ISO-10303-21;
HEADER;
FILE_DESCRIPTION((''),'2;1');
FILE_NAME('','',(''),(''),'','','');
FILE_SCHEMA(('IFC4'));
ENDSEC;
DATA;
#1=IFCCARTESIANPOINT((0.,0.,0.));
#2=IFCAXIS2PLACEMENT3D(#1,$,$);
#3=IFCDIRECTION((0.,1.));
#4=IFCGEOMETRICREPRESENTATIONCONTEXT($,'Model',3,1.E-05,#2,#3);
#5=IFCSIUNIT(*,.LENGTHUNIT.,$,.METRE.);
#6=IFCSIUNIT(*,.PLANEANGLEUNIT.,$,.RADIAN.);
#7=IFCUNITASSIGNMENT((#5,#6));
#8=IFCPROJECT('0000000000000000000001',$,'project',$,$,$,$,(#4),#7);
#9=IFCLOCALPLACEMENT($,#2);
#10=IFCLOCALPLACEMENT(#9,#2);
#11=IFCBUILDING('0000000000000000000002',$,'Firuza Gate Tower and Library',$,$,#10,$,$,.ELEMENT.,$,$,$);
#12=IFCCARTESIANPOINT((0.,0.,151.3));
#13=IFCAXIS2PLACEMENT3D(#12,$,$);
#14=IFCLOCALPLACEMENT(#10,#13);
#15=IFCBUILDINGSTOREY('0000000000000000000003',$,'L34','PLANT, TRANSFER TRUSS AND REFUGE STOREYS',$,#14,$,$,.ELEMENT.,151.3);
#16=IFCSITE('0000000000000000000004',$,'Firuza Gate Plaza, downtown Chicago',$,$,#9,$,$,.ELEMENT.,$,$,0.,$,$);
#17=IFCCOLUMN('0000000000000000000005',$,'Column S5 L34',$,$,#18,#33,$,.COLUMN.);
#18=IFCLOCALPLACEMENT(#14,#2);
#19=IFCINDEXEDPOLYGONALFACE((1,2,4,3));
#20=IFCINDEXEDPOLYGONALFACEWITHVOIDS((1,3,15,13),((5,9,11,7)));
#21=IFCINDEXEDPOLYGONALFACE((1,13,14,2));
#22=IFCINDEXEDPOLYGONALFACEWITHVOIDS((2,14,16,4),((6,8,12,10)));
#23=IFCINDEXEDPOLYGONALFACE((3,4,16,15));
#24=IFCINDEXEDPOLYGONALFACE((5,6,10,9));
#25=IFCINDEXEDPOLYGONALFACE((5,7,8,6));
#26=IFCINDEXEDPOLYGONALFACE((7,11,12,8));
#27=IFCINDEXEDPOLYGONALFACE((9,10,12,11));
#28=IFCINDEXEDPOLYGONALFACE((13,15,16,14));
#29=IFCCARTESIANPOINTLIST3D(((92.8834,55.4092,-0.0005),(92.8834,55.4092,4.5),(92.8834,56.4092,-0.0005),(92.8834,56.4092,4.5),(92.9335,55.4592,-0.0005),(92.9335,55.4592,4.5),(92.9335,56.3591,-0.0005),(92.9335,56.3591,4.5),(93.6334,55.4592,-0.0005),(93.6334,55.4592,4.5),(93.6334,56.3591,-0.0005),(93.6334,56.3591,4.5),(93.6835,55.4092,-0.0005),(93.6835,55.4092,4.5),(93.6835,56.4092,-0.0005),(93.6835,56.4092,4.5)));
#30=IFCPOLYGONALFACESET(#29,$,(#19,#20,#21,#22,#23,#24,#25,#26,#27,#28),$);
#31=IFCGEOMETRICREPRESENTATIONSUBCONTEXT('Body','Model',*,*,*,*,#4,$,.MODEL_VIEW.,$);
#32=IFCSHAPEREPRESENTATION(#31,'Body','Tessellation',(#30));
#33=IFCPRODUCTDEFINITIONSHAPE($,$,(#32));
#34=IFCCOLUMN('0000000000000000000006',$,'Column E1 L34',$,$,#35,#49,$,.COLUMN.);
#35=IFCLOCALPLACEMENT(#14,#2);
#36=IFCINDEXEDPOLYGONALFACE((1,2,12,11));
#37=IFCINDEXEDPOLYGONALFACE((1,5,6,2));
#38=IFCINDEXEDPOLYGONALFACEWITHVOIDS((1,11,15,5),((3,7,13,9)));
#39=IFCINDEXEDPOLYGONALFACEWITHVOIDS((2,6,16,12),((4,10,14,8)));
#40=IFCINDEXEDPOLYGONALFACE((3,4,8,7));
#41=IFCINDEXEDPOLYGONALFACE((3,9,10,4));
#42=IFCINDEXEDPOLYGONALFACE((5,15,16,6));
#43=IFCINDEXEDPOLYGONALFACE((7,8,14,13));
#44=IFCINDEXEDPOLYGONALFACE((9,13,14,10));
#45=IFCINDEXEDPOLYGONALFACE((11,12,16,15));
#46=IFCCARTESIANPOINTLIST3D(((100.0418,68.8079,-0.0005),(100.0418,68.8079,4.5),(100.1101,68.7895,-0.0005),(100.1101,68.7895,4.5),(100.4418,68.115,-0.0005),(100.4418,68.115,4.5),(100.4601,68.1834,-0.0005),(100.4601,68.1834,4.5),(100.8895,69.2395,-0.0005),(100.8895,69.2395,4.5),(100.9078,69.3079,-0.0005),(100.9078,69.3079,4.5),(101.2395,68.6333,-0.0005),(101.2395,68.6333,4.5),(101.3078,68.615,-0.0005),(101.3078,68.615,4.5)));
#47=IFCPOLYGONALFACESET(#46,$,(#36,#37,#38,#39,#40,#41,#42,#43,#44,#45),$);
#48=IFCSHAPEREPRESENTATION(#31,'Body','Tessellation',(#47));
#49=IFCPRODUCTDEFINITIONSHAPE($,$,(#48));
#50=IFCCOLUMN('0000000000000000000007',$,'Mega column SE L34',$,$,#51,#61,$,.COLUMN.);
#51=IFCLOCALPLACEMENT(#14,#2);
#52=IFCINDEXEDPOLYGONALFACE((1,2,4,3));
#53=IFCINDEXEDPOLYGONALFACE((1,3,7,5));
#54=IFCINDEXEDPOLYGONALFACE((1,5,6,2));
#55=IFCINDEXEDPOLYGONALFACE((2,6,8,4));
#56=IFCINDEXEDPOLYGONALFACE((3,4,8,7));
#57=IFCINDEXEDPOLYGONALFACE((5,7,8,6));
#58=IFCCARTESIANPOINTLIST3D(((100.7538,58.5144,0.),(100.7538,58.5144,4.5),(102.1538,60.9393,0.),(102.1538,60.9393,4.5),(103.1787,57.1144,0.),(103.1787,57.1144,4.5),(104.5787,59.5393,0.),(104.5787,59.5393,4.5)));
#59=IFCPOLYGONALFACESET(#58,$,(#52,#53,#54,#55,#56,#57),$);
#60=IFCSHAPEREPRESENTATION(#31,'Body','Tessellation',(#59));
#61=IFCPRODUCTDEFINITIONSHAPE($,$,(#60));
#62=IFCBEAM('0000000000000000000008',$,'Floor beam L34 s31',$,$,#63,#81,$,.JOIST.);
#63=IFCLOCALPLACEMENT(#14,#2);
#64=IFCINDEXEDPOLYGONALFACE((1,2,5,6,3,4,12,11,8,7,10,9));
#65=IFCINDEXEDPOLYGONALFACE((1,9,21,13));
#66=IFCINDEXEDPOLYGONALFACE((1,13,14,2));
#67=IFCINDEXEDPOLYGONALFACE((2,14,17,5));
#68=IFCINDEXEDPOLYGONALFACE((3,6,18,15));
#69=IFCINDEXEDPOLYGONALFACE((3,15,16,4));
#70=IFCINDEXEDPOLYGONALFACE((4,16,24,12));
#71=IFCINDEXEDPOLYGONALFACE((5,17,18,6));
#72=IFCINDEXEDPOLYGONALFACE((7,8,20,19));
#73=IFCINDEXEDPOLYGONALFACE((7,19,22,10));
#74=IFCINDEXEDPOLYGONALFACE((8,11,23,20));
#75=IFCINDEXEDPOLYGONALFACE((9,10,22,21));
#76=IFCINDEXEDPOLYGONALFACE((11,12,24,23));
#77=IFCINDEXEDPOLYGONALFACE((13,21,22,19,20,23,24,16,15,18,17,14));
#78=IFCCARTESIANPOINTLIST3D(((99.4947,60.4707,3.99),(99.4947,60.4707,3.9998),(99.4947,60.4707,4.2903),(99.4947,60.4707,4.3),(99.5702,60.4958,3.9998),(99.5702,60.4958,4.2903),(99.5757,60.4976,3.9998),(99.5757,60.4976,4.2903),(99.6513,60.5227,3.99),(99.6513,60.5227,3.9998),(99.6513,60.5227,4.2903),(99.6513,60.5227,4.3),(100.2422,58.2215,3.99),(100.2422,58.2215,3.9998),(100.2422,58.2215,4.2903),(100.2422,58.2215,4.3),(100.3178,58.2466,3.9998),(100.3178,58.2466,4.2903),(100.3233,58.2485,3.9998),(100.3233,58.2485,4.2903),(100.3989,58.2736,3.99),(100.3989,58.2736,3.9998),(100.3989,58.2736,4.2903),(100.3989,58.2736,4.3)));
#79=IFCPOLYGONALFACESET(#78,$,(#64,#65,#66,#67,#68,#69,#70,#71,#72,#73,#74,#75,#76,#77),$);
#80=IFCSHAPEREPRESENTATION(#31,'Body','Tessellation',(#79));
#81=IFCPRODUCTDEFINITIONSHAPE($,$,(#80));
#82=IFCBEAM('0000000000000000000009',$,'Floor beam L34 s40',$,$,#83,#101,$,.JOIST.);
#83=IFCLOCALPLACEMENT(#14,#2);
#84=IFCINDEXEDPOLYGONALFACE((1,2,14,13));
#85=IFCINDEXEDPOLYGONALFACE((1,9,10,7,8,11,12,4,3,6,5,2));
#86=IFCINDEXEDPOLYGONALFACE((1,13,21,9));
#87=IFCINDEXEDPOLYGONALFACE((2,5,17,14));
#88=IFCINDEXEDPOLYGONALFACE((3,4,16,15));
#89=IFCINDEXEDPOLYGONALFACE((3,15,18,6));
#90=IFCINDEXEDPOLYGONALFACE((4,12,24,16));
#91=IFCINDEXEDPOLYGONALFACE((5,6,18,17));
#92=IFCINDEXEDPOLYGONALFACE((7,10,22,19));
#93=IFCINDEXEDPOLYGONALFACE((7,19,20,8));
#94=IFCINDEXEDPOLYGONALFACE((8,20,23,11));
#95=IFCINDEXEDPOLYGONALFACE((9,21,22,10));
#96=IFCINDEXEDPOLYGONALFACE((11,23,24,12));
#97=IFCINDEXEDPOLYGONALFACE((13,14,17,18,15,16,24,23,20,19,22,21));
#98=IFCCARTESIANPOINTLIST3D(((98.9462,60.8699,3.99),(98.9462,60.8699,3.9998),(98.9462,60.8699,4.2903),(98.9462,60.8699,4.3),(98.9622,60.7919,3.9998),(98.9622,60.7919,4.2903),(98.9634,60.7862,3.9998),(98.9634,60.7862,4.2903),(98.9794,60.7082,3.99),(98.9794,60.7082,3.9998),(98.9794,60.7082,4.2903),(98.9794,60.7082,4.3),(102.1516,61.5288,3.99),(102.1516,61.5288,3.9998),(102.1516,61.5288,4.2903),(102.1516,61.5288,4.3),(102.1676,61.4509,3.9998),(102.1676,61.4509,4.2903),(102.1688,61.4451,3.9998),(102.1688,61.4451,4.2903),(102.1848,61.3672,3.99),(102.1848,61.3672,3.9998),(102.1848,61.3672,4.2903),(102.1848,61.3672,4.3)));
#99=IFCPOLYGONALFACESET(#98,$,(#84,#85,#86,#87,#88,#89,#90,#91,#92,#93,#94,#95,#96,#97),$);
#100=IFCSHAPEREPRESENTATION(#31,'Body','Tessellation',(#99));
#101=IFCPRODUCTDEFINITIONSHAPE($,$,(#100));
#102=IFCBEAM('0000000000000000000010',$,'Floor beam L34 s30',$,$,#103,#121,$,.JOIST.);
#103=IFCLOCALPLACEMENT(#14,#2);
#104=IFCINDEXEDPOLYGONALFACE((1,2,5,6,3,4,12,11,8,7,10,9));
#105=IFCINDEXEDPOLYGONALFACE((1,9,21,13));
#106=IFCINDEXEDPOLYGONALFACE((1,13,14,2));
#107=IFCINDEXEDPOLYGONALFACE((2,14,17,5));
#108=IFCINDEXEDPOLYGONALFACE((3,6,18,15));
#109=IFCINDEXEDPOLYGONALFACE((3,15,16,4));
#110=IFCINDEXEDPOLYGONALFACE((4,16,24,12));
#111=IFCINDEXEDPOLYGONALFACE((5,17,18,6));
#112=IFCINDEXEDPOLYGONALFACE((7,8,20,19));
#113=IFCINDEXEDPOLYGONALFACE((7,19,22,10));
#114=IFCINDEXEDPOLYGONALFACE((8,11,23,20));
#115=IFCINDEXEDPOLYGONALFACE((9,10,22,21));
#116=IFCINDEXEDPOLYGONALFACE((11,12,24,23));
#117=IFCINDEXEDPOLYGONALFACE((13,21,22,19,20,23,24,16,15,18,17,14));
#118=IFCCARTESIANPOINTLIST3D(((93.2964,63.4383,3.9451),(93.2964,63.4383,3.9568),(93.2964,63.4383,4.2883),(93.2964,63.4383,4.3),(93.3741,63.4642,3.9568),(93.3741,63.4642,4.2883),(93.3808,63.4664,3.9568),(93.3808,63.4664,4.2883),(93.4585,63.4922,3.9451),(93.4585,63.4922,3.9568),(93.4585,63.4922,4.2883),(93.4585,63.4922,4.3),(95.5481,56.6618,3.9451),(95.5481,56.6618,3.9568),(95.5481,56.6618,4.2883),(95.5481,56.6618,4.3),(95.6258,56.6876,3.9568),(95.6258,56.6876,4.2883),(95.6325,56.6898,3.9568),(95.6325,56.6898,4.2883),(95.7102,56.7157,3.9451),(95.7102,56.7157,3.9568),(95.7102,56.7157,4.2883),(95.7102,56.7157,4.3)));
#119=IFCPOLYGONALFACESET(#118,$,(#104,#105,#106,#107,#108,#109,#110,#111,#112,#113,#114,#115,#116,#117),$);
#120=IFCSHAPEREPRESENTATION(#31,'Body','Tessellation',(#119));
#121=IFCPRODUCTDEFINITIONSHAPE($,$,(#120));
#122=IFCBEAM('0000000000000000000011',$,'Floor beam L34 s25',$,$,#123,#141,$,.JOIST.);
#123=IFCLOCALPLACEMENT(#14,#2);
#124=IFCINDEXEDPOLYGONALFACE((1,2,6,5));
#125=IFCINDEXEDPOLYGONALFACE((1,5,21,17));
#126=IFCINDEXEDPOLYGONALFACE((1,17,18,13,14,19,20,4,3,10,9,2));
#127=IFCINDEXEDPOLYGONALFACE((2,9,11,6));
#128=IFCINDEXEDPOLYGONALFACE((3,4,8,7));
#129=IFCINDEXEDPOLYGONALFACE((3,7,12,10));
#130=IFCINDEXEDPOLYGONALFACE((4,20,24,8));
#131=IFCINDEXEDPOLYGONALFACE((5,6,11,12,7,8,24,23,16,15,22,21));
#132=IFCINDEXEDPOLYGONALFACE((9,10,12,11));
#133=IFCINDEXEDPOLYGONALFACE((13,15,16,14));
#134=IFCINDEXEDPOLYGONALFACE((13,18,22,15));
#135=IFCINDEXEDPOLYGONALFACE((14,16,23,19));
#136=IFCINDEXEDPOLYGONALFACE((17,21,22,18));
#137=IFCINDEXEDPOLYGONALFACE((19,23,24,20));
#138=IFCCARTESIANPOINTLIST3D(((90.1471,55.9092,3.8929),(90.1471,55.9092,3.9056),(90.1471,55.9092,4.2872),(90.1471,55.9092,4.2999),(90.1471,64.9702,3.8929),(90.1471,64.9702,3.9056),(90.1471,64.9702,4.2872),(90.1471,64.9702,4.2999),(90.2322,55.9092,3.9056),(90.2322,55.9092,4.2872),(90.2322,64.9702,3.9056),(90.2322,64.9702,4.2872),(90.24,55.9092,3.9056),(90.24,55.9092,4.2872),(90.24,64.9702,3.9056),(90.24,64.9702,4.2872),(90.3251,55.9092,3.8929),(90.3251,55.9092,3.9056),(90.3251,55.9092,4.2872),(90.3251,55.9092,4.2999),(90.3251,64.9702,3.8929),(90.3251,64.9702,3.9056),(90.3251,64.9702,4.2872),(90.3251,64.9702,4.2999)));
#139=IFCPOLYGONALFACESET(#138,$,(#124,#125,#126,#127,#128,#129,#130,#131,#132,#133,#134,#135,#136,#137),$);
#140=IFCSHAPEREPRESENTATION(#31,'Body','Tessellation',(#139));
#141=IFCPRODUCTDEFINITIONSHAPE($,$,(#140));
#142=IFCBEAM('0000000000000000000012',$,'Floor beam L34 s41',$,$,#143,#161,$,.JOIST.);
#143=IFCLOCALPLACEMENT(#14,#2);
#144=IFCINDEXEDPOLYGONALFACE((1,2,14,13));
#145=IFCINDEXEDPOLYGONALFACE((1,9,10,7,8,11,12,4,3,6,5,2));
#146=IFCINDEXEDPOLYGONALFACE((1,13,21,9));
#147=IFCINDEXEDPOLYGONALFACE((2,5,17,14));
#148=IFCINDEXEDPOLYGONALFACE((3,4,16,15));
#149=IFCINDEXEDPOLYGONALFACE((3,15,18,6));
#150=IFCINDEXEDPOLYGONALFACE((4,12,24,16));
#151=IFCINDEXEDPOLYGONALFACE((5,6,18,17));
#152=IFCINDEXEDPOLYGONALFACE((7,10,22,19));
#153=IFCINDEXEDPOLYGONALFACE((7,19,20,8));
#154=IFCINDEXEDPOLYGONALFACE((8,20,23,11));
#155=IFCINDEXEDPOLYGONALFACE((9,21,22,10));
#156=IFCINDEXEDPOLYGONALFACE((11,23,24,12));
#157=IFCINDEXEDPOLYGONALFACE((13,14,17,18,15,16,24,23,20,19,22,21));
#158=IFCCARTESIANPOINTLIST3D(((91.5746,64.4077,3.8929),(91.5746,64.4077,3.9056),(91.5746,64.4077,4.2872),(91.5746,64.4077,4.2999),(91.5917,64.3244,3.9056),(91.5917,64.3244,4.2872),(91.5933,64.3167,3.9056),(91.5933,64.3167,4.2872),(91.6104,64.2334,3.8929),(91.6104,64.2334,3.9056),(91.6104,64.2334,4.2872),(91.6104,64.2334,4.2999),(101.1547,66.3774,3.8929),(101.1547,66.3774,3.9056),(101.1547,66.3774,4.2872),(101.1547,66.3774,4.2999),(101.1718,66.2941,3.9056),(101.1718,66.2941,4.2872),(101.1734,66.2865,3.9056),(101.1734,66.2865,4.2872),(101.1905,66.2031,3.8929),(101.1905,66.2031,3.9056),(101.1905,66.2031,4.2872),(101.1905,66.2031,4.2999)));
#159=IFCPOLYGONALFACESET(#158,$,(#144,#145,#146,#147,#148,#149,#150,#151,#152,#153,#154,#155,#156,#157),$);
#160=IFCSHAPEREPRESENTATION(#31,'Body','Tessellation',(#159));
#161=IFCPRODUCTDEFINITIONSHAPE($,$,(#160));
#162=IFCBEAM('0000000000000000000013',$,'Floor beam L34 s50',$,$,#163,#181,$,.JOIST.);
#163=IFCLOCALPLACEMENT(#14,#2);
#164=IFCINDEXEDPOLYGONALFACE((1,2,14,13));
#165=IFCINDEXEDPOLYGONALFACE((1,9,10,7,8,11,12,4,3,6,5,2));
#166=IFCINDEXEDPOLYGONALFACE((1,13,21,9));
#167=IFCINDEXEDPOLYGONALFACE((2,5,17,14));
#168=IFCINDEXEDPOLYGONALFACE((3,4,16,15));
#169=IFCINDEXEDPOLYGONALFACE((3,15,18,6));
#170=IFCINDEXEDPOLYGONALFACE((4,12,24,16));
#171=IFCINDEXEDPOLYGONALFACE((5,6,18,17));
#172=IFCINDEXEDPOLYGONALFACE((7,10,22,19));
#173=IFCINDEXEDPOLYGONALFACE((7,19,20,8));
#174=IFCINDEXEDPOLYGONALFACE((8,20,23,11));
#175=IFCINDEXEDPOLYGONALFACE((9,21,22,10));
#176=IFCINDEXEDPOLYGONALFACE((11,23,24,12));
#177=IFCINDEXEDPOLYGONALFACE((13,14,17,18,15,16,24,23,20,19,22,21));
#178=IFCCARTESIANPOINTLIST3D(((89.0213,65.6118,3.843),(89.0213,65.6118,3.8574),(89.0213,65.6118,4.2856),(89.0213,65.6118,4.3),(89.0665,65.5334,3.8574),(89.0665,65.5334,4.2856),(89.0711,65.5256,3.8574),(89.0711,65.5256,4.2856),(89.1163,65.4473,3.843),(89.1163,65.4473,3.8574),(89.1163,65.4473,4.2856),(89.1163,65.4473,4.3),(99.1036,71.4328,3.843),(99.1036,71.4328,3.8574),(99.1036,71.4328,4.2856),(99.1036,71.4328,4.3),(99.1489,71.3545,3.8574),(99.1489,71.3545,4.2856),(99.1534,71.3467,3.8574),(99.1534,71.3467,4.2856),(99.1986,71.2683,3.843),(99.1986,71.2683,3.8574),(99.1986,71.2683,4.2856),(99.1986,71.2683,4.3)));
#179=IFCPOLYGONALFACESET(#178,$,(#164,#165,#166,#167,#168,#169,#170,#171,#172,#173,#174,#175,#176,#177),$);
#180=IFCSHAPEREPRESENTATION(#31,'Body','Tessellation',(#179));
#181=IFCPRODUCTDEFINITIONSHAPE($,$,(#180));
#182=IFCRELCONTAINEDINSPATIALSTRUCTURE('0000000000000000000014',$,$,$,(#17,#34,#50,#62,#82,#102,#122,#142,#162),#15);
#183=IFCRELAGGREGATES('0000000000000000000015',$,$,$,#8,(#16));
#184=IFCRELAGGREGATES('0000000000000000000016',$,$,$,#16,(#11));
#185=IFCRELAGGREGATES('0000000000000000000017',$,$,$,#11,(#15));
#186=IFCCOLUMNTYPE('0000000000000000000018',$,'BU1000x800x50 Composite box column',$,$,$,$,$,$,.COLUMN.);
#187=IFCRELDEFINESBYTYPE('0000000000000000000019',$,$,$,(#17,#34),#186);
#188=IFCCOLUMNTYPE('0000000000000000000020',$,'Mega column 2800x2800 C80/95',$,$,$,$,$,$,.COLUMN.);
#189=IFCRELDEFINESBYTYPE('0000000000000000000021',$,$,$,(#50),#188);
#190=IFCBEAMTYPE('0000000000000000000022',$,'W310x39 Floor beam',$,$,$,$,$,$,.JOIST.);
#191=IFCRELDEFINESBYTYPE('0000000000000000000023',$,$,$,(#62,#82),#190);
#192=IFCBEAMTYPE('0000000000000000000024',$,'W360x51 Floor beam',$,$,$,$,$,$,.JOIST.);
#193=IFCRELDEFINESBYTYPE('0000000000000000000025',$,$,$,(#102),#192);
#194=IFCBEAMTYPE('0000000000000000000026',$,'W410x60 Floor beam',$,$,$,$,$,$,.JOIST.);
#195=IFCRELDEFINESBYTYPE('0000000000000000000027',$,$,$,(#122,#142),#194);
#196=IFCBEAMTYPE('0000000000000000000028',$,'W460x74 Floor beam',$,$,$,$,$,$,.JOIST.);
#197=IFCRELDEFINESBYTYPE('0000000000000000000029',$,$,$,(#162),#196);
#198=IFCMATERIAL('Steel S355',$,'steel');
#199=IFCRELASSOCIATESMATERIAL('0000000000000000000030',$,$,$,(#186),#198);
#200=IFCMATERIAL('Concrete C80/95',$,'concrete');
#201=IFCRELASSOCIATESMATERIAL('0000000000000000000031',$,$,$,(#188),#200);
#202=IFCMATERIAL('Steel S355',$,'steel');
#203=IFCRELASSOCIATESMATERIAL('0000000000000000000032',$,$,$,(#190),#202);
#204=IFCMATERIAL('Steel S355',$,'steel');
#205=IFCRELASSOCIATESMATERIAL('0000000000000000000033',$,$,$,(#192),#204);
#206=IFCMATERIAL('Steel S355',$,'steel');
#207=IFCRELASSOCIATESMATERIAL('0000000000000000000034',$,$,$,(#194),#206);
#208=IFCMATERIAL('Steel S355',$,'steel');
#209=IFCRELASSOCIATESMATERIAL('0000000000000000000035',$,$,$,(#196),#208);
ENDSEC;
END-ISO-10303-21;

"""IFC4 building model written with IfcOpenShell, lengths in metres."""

from ifc_helpers import new_model, si_unit, direction, frame, origin, origin_2d, place, context, subcontext, project, spatial, rectangle, hollow_rectangle, i_section, extrude, material, material_profile, profile_set, type_object, element, save


model = new_model("IFC4")

# Units and contexts
model_context = context("Model", 3, precision=1e-05, world=origin(), true_north=direction((0.0, 1.0)))
body_context = subcontext(model_context, "Body", "Model", "MODEL_VIEW")
ifc_project = project(units=[si_unit("LENGTHUNIT", "METRE"), si_unit("PLANEANGLEUNIT", "RADIAN")], contexts=[model_context])

# Site, building, storey
site_placement = place(None, origin())
site = spatial("IfcSite", under=ifc_project, at=site_placement, Name="Firuza Gate Plaza, downtown Chicago", CompositionType="ELEMENT", RefElevation=0.0)
building_placement = place(site_placement, origin())
building = spatial("IfcBuilding", under=site, at=building_placement, Name="Firuza Gate Tower and Library", CompositionType="ELEMENT")
storey_placement = place(building_placement, frame((0.0, 0.0, 151.3)))
storey = spatial("IfcBuildingStorey", under=building, at=storey_placement, Name="L34", Description="PLANT, TRANSFER TRUSS AND REFUGE STOREYS", CompositionType="ELEMENT", Elevation=151.3)

# Columns
ifc_material_1 = material(Name="Steel S355", Category="steel")
ifc_material_profile_1 = material_profile(ifc_material_1, hollow_rectangle(XDim=0.8, YDim=1.0, WallThickness=0.05, at=origin_2d()))
ifc_profile_set_1 = profile_set([ifc_material_profile_1], Name="Steel S355")
column_type_1 = type_object("IfcColumnType", Name="BU1000x800x50 Composite box column", PredefinedType="COLUMN", material=ifc_profile_set_1)
for number, where, z_axis, x_axis, name in (
    (1, (93.2834, 55.9092, -0.0005), (0.0, 0.0, 1.0), (1.0, 0.0, 0.0), "Column S5 L34"),
    (2, (100.6748, 68.7114, -0.0005), (0.0, 0.0, 1.0), (-0.5, 0.866025, 0.0), "Column E1 L34"),
):
    element("IfcColumn", number, at=place(storey_placement, frame(where, z_axis=z_axis, x_axis=x_axis)), inside=storey, type_object=column_type_1, Name=name, PredefinedType="COLUMN", context=body_context, shape_type="SweptSolid", body=[
        extrude(hollow_rectangle(XDim=0.8, YDim=1.0, WallThickness=0.05, at=origin_2d()), origin(), (0.0, 0.0, 1.0), 4.5005),
    ])
ifc_material_2 = material(Name="Concrete C80/95", Category="concrete")
ifc_material_profile_2 = material_profile(ifc_material_2, rectangle(XDim=2.8, YDim=2.8, at=origin_2d()))
ifc_profile_set_2 = profile_set([ifc_material_profile_2], Name="Concrete C80/95")
column_type_2 = type_object("IfcColumnType", Name="Mega column 2800x2800 C80/95", PredefinedType="COLUMN", material=ifc_profile_set_2)
column_placement = place(storey_placement, frame((102.6663, 59.0269, 0.0), z_axis=(0.0, 0.0, 1.0), x_axis=(0.5, 0.866025, 0.0)))
element("IfcColumn", 3, at=column_placement, inside=storey, type_object=column_type_2, Name="Mega column SE L34", PredefinedType="COLUMN", context=body_context, shape_type="SweptSolid", body=[
    extrude(rectangle(XDim=2.8, YDim=2.8, at=origin_2d()), origin(), (0.0, 0.0, 1.0), 4.5),
])

# Beams
ifc_material_3 = material(Name="Steel S355", Category="steel")
ifc_material_profile_3 = material_profile(ifc_material_3, i_section(OverallWidth=0.165, OverallDepth=0.3101, WebThickness=0.0059, FlangeThickness=0.0098, at=origin_2d()))
ifc_profile_set_3 = profile_set([ifc_material_profile_3], Name="Steel S355")
beam_type_1 = type_object("IfcBeamType", Name="W310x39 Floor beam", PredefinedType="JOIST", material=ifc_profile_set_3)
beam_1_placement = place(storey_placement, frame((100.3206, 58.2476, 4.145), z_axis=(-0.315424, 0.948951, 0.0), x_axis=(-0.948951, -0.315424, 0.0)))
element("IfcBeam", 4, at=beam_1_placement, inside=storey, type_object=beam_type_1, Name="Floor beam L34 s31", PredefinedType="JOIST", context=body_context, shape_type="SweptSolid", body=[
    extrude(i_section(OverallWidth=0.165, OverallDepth=0.3101, WebThickness=0.0059, FlangeThickness=0.0098, at=origin_2d()), origin(), (0.0, 0.0, 1.0), 2.3701),
])
beam_2_placement = place(storey_placement, frame((102.1682, 61.448, 4.145), z_axis=(-0.979516, -0.201365, 0.0), x_axis=(0.201365, -0.979516, 0.0)))
element("IfcBeam", 5, at=beam_2_placement, inside=storey, type_object=beam_type_1, Name="Floor beam L34 s40", PredefinedType="JOIST", context=body_context, shape_type="SweptSolid", body=[
    extrude(i_section(OverallWidth=0.165, OverallDepth=0.3101, WebThickness=0.0059, FlangeThickness=0.0098, at=origin_2d()), origin(), (0.0, 0.0, 1.0), 3.2725),
])
ifc_material_4 = material(Name="Steel S355", Category="steel")
ifc_material_profile_4 = material_profile(ifc_material_4, i_section(OverallWidth=0.1709, OverallDepth=0.355, WebThickness=0.0071, FlangeThickness=0.0117, at=origin_2d()))
ifc_profile_set_4 = profile_set([ifc_material_profile_4], Name="Steel S355")
beam_type_2 = type_object("IfcBeamType", Name="W360x51 Floor beam", PredefinedType="JOIST", material=ifc_profile_set_4)
beam_3_placement = place(storey_placement, frame((95.6292, 56.6887, 4.1226), z_axis=(-0.315325, 0.948984, 0.0), x_axis=(-0.948984, -0.315325, 0.0)))
element("IfcBeam", 6, at=beam_3_placement, inside=storey, type_object=beam_type_2, Name="Floor beam L34 s30", PredefinedType="JOIST", context=body_context, shape_type="SweptSolid", body=[
    extrude(i_section(OverallWidth=0.1709, OverallDepth=0.355, WebThickness=0.0071, FlangeThickness=0.0117, at=origin_2d()), origin(), (0.0, 0.0, 1.0), 7.1409),
])
ifc_material_5 = material(Name="Steel S355", Category="steel")
ifc_material_profile_5 = material_profile(ifc_material_5, i_section(OverallWidth=0.178, OverallDepth=0.407, WebThickness=0.0078, FlangeThickness=0.0127, at=origin_2d()))
ifc_profile_set_5 = profile_set([ifc_material_profile_5], Name="Steel S355")
beam_type_3 = type_object("IfcBeamType", Name="W410x60 Floor beam", PredefinedType="JOIST", material=ifc_profile_set_5)
beam_4_placement = place(storey_placement, frame((90.2361, 55.9092, 4.0964), z_axis=(0.0, 1.0, 0.0), x_axis=(-1.0, 0.0, 0.0)))
element("IfcBeam", 7, at=beam_4_placement, inside=storey, type_object=beam_type_3, Name="Floor beam L34 s25", PredefinedType="JOIST", context=body_context, shape_type="SweptSolid", body=[
    extrude(i_section(OverallWidth=0.178, OverallDepth=0.407, WebThickness=0.0078, FlangeThickness=0.0127, at=origin_2d()), origin(), (0.0, 0.0, 1.0), 9.061),
])
beam_5_placement = place(storey_placement, frame((101.1726, 66.2903, 4.0964), z_axis=(-0.97951, -0.201394, 0.0), x_axis=(0.201394, -0.97951, 0.0)))
element("IfcBeam", 8, at=beam_5_placement, inside=storey, type_object=beam_type_3, Name="Floor beam L34 s41", PredefinedType="JOIST", context=body_context, shape_type="SweptSolid", body=[
    extrude(i_section(OverallWidth=0.178, OverallDepth=0.407, WebThickness=0.0078, FlangeThickness=0.0127, at=origin_2d()), origin(), (0.0, 0.0, 1.0), 9.7805),
])
ifc_material_6 = material(Name="Steel S355", Category="steel")
ifc_material_profile_6 = material_profile(ifc_material_6, i_section(OverallWidth=0.1899, OverallDepth=0.457, WebThickness=0.009, FlangeThickness=0.0144, at=origin_2d()))
ifc_profile_set_6 = profile_set([ifc_material_profile_6], Name="Steel S355")
beam_type_4 = type_object("IfcBeamType", Name="W460x74 Floor beam", PredefinedType="JOIST", material=ifc_profile_set_6)
beam_6_placement = place(storey_placement, frame((99.1511, 71.3506, 4.0715), z_axis=(-0.866024, -0.500003, 0.0), x_axis=(0.500003, -0.866024, 0.0)))
element("IfcBeam", 9, at=beam_6_placement, inside=storey, type_object=beam_type_4, Name="Floor beam L34 s50", PredefinedType="JOIST", context=body_context, shape_type="SweptSolid", body=[
    extrude(i_section(OverallWidth=0.1899, OverallDepth=0.457, WebThickness=0.009, FlangeThickness=0.0144, at=origin_2d()), origin(), (0.0, 0.0, 1.0), 11.6421),
])

save(model, "model.ifc")
